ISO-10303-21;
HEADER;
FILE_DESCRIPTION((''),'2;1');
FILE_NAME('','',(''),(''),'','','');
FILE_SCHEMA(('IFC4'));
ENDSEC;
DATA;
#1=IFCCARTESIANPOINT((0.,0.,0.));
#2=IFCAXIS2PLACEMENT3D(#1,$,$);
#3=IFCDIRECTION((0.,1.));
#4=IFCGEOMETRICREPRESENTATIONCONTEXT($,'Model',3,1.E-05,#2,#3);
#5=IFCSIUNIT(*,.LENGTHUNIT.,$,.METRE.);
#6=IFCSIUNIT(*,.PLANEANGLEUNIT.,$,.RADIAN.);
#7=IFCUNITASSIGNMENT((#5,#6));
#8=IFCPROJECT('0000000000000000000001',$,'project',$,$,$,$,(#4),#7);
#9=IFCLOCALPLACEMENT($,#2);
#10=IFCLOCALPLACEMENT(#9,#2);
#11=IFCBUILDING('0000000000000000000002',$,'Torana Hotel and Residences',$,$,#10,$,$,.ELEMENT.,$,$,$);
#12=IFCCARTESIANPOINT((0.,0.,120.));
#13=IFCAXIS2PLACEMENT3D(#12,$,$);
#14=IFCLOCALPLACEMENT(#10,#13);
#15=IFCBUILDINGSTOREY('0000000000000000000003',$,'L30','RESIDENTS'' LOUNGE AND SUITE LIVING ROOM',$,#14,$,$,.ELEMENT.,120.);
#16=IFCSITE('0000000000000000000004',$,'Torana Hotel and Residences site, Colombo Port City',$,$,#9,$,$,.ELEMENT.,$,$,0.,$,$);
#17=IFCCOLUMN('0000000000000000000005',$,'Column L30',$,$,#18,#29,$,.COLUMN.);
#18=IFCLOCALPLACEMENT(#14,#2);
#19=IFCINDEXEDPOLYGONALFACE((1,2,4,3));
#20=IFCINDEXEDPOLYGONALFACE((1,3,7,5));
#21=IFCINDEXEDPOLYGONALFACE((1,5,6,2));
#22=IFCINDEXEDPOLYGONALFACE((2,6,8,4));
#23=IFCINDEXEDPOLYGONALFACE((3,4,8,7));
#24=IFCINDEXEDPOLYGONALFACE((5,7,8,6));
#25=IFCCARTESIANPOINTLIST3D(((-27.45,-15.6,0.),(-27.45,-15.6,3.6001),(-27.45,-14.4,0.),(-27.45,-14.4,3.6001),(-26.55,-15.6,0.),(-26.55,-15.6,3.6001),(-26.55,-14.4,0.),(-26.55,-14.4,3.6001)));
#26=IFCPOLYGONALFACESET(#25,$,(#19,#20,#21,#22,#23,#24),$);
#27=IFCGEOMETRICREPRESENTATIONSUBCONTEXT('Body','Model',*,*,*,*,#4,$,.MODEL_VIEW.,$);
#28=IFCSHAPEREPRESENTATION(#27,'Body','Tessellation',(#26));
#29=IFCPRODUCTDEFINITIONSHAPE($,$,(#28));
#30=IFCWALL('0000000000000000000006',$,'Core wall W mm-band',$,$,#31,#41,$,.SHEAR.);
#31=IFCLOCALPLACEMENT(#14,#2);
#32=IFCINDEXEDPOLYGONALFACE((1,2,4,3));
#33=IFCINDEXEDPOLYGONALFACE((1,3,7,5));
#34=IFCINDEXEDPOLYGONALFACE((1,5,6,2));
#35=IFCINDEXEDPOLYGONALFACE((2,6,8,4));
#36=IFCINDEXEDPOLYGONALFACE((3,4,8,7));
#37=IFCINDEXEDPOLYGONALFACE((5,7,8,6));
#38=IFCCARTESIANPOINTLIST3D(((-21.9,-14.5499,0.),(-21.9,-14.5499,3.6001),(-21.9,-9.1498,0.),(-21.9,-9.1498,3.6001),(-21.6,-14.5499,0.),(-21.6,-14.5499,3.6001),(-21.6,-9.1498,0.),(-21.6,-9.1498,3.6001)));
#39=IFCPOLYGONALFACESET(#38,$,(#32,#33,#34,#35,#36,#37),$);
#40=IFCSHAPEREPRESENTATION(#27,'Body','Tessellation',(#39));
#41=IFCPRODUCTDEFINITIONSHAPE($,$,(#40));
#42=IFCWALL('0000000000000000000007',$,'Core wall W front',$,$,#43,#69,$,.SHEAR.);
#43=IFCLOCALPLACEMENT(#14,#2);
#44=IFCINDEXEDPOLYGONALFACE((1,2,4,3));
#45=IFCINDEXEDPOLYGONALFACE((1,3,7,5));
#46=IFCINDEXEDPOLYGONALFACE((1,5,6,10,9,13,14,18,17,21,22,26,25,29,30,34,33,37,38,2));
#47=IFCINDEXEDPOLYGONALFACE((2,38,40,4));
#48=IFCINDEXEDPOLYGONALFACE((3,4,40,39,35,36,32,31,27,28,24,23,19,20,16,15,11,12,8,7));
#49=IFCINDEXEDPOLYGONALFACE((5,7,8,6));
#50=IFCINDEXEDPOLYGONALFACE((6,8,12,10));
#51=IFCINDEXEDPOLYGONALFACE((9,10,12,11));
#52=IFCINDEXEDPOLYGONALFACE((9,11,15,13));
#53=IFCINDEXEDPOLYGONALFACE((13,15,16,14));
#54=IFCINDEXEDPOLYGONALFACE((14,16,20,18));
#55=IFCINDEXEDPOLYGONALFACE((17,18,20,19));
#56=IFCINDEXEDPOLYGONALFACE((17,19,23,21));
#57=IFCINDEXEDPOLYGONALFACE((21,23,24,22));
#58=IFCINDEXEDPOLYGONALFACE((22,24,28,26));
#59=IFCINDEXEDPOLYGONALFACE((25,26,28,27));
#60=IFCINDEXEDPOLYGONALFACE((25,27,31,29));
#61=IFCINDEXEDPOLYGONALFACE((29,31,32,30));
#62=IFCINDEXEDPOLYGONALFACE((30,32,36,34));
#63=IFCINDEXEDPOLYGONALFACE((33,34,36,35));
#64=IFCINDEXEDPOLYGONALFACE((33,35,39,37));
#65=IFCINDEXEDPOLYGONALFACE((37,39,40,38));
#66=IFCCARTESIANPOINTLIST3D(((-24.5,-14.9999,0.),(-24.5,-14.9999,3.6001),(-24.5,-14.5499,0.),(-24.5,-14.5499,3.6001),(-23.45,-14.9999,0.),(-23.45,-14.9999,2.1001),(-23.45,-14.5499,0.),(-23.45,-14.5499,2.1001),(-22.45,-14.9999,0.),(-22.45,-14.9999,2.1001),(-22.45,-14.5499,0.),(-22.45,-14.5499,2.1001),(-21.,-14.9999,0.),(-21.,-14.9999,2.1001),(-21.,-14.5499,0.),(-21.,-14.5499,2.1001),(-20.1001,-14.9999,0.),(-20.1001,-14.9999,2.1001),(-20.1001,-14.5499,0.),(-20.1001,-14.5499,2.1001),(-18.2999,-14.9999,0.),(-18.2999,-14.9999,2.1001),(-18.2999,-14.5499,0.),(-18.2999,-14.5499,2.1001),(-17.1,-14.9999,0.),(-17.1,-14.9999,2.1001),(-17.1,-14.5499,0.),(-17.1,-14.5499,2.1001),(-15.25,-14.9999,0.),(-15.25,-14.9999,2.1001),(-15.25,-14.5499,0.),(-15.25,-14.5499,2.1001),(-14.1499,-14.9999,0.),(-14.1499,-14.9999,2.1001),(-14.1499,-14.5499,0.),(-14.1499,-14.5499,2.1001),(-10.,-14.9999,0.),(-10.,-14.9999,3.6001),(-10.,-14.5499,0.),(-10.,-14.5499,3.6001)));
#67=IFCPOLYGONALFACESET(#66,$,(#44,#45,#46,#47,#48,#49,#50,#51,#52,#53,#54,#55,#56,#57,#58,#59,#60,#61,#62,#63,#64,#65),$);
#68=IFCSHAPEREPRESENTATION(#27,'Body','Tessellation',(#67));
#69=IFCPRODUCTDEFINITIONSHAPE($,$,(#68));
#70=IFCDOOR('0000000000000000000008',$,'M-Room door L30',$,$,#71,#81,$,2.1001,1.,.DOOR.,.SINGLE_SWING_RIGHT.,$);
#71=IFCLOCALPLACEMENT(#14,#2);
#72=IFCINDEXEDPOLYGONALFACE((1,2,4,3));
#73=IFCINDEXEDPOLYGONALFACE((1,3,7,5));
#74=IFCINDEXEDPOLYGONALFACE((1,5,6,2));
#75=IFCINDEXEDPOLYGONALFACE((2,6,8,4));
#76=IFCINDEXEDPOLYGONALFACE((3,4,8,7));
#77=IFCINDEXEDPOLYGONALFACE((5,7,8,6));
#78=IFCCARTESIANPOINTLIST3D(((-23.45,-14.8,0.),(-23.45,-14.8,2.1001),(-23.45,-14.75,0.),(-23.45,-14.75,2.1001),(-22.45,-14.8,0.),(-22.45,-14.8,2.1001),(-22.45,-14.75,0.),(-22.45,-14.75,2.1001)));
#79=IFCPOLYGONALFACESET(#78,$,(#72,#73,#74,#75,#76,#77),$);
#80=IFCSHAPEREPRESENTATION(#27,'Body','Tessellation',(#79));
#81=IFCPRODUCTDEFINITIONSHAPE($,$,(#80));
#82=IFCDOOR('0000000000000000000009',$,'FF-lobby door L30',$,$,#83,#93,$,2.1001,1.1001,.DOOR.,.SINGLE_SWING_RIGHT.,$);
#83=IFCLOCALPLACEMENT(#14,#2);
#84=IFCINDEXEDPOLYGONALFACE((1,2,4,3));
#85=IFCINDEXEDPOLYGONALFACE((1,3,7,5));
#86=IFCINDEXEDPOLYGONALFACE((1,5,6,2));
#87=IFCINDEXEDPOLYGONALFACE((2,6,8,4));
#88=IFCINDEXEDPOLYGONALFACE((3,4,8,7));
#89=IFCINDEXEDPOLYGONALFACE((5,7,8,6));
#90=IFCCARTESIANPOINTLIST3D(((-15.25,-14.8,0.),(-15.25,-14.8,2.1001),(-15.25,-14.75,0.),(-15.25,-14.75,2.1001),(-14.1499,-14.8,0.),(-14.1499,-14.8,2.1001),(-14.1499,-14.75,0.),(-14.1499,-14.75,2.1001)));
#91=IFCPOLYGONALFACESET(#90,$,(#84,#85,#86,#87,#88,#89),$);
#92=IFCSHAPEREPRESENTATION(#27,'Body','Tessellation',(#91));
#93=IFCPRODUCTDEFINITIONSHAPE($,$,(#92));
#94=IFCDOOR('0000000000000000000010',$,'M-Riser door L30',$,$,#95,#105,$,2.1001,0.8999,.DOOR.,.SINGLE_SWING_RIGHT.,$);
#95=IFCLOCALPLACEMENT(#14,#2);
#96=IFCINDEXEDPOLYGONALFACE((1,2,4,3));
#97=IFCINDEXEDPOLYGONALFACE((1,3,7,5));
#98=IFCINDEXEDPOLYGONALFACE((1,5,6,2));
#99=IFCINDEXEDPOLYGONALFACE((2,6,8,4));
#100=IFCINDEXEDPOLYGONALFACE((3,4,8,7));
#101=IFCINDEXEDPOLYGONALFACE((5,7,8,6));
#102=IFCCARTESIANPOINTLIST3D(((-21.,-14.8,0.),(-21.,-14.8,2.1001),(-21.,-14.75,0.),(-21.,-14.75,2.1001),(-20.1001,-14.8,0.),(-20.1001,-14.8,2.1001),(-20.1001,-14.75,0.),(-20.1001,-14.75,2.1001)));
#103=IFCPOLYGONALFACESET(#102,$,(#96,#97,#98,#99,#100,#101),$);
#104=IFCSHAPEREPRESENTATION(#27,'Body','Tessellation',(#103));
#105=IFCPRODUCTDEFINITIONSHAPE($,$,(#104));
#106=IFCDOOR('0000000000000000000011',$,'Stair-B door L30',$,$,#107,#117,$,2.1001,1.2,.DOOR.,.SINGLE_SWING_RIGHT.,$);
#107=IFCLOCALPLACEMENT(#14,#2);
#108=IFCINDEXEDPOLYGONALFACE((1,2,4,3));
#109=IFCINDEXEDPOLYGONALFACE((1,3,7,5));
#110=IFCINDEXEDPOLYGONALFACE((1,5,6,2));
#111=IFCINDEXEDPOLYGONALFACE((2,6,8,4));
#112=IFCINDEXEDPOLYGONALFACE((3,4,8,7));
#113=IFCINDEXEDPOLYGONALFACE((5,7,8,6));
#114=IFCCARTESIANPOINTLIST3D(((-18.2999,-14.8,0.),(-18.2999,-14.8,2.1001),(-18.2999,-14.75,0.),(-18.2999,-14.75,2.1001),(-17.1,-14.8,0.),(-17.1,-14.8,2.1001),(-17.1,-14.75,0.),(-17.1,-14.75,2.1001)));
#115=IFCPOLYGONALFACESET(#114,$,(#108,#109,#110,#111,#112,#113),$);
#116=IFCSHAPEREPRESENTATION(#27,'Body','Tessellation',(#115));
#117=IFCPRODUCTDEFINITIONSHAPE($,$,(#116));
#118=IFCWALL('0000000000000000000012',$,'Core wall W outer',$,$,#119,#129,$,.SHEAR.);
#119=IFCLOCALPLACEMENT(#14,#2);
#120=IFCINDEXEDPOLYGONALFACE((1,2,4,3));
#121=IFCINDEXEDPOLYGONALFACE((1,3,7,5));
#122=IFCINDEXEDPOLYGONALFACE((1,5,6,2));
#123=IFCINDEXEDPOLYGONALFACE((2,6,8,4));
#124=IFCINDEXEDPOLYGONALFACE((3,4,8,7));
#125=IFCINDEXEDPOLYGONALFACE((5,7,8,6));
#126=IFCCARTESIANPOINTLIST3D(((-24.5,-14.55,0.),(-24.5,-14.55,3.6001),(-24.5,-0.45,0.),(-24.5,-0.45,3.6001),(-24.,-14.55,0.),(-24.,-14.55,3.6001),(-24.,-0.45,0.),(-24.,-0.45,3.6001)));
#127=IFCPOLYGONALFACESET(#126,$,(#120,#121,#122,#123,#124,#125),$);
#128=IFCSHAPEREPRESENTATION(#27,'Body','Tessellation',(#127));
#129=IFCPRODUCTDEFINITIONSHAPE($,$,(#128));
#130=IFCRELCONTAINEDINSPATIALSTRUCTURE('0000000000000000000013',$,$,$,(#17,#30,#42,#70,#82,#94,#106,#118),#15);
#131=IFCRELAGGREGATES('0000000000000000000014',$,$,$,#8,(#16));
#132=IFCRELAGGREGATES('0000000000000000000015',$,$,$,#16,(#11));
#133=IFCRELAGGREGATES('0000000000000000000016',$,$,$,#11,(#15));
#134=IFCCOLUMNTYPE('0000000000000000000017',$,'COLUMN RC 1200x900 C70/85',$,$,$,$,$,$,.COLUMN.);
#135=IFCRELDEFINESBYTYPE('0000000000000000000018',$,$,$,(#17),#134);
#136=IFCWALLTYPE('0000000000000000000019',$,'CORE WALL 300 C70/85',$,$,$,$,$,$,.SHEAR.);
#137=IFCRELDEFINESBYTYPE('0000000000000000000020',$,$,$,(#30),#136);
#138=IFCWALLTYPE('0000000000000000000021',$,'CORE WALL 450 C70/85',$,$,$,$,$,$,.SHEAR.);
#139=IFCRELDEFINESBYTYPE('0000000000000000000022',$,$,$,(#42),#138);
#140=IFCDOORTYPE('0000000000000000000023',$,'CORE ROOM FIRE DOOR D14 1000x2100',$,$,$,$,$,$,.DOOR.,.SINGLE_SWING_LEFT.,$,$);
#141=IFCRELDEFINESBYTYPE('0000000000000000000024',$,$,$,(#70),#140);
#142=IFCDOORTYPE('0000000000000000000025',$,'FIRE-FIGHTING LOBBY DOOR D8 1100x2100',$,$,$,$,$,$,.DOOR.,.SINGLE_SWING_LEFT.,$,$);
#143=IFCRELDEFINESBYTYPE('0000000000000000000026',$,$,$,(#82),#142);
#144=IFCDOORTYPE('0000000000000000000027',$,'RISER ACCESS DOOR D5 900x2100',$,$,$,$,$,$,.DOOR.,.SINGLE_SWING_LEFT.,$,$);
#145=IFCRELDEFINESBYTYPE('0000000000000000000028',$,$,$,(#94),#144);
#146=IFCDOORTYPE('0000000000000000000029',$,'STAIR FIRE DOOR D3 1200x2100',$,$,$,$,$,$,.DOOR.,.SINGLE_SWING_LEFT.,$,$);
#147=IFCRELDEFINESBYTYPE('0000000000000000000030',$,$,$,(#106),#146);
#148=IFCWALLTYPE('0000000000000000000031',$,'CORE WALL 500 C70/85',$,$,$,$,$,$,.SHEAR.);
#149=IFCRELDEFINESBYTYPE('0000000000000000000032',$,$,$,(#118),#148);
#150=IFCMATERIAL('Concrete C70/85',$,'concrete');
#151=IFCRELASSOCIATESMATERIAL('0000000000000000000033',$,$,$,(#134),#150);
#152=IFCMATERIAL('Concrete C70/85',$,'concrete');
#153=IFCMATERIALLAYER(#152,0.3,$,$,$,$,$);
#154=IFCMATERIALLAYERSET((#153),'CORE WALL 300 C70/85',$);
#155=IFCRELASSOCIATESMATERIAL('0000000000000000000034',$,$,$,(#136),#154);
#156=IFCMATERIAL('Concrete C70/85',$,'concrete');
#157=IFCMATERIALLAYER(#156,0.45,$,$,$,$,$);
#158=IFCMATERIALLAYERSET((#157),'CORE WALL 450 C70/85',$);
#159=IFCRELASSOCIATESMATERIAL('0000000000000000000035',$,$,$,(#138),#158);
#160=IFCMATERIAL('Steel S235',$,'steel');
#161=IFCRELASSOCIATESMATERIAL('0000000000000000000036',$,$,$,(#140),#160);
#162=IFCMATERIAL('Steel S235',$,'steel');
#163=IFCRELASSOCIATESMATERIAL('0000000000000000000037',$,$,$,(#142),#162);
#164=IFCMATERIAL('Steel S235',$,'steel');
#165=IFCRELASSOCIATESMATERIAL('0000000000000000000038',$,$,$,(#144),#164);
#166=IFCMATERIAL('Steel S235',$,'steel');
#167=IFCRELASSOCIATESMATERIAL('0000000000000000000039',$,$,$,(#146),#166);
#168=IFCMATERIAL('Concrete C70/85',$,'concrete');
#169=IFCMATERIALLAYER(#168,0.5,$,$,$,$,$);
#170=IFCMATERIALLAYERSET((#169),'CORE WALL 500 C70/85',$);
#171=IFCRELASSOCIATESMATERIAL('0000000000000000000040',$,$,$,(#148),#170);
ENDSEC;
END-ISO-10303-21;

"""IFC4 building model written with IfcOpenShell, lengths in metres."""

from ifc_helpers import new_model, si_unit, direction, frame, frame_2d, origin, origin_2d, place, context, subcontext, project, spatial, rectangle, extrude, material, layer, layer_set, material_profile, profile_set, type_object, element, fill, save


model = new_model("IFC4")

# Units and contexts
model_context = context("Model", 3, precision=1e-05, world=origin(), true_north=direction((0.0, 1.0)))
body_context = subcontext(model_context, "Body", "Model", "MODEL_VIEW")
ifc_project = project(units=[si_unit("LENGTHUNIT", "METRE"), si_unit("PLANEANGLEUNIT", "RADIAN")], contexts=[model_context])

# Site, building, storey
site_placement = place(None, origin())
site = spatial("IfcSite", under=ifc_project, at=site_placement, Name="Torana Hotel and Residences site, Colombo Port City", CompositionType="ELEMENT", RefElevation=0.0)
building_placement = place(site_placement, origin())
building = spatial("IfcBuilding", under=site, at=building_placement, Name="Torana Hotel and Residences", CompositionType="ELEMENT")
storey_placement = place(building_placement, frame((0.0, 0.0, 120.0)))
storey = spatial("IfcBuildingStorey", under=building, at=storey_placement, Name="L30", Description="RESIDENTS' LOUNGE AND SUITE LIVING ROOM", CompositionType="ELEMENT", Elevation=120.0)

# Column
ifc_material_1 = material(Name="Concrete C70/85", Category="concrete")
ifc_material_profile = material_profile(ifc_material_1, rectangle(XDim=1.2, YDim=0.8999, at=origin_2d()), Name="RC 1200x900")
ifc_profile_set = profile_set([ifc_material_profile], Name="Concrete C70/85")
column_type = type_object("IfcColumnType", Name="COLUMN RC 1200x900 C70/85", PredefinedType="COLUMN", material=ifc_profile_set)
column_placement = place(storey_placement, frame((-27.0, -15.0, 0.0), z_axis=(0.0, 0.0, 1.0), x_axis=(0.0, 1.0, 0.0)))
element("IfcColumn", 1, at=column_placement, inside=storey, type_object=column_type, Name="Column L30", PredefinedType="COLUMN", context=body_context, shape_type="SweptSolid", body=[
    extrude(rectangle(XDim=1.2, YDim=0.8999, at=origin_2d()), origin(), (0.0, 0.0, 1.0), 3.6001),
])

# Wall
ifc_material_2 = material(Name="Concrete C70/85", Category="concrete")
ifc_layer_1 = layer(ifc_material_2, 0.3)
ifc_layer_set_1 = layer_set([ifc_layer_1], Name="CORE WALL 300 C70/85")
wall_type_1 = type_object("IfcWallType", Name="CORE WALL 300 C70/85", PredefinedType="SHEAR", material=ifc_layer_set_1)
wall_1_placement = place(storey_placement, frame((-21.75, -14.55, 0.0), z_axis=(0.0, 0.0, 1.0), x_axis=(0.0, 1.0, 0.0)))
element("IfcWall", 2, at=wall_1_placement, inside=storey, type_object=wall_type_1, Name="Core wall W mm-band", PredefinedType="SHEAR", context=body_context, shape_type="SweptSolid", body=[
    extrude(rectangle(XDim=5.4001, YDim=0.3, at=frame_2d((2.7002, 0.0))), origin(), (0.0, 0.0, 1.0), 3.6001),
])

# Wall, openings, doors
ifc_material_3 = material(Name="Concrete C70/85", Category="concrete")
ifc_layer_2 = layer(ifc_material_3, 0.45)
ifc_layer_set_2 = layer_set([ifc_layer_2], Name="CORE WALL 450 C70/85")
wall_type_2 = type_object("IfcWallType", Name="CORE WALL 450 C70/85", PredefinedType="SHEAR", material=ifc_layer_set_2)
wall_2_placement = place(storey_placement, frame((-24.5, -14.7749, 0.0), z_axis=(0.0, 0.0, 1.0), x_axis=(1.0, 0.0, 0.0)))
wall_2 = element("IfcWall", 3, at=wall_2_placement, inside=storey, type_object=wall_type_2, Name="Core wall W front", PredefinedType="SHEAR", context=body_context, shape_type="SweptSolid", body=[
    extrude(rectangle(XDim=14.5, YDim=0.45, at=frame_2d((7.25, 0.0))), origin(), (0.0, 0.0, 1.0), 3.6001),
])
opening_1_placement = place(wall_2_placement, frame((6.2, 0.0, 0.0)))
opening_1 = element("IfcOpeningElement", 4, at=opening_1_placement, cuts=wall_2, PredefinedType="OPENING", context=body_context, shape_type="SweptSolid", body=[
    extrude(rectangle(XDim=1.2, YDim=2.1001, at=frame_2d((0.6001, 1.05))), frame((0.0, 0.2349, 0.0), z_axis=(0.0, -1.0, 0.0), x_axis=(1.0, 0.0, 0.0)), (0.0, 0.0, 1.0), 0.47),
])
opening_2_placement = place(wall_2_placement, frame((9.25, 0.0, 0.0)))
opening_2 = element("IfcOpeningElement", 5, at=opening_2_placement, cuts=wall_2, PredefinedType="OPENING", context=body_context, shape_type="SweptSolid", body=[
    extrude(rectangle(XDim=1.1001, YDim=2.1001, at=frame_2d((0.55, 1.05))), frame((0.0, 0.2349, 0.0), z_axis=(0.0, -1.0, 0.0), x_axis=(1.0, 0.0, 0.0)), (0.0, 0.0, 1.0), 0.47),
])
opening_3_placement = place(wall_2_placement, frame((3.5, 0.0, 0.0)))
opening_3 = element("IfcOpeningElement", 6, at=opening_3_placement, cuts=wall_2, PredefinedType="OPENING", context=body_context, shape_type="SweptSolid", body=[
    extrude(rectangle(XDim=0.8999, YDim=2.1001, at=frame_2d((0.45, 1.05))), frame((0.0, 0.2349, 0.0), z_axis=(0.0, -1.0, 0.0), x_axis=(1.0, 0.0, 0.0)), (0.0, 0.0, 1.0), 0.47),
])
opening_4_placement = place(wall_2_placement, frame((1.05, 0.0, 0.0)))
opening_4 = element("IfcOpeningElement", 7, at=opening_4_placement, cuts=wall_2, PredefinedType="OPENING", context=body_context, shape_type="SweptSolid", body=[
    extrude(rectangle(XDim=1.0, YDim=2.1001, at=frame_2d((0.5, 1.05))), frame((0.0, 0.2349, 0.0), z_axis=(0.0, -1.0, 0.0), x_axis=(1.0, 0.0, 0.0)), (0.0, 0.0, 1.0), 0.47),
])
ifc_material_4 = material(Name="Steel S235", Category="steel")
door_type_1 = type_object("IfcDoorType", Name="CORE ROOM FIRE DOOR D14 1000x2100", OperationType="SINGLE_SWING_LEFT", PredefinedType="DOOR", material=ifc_material_4)
door_1_placement = place(opening_4_placement, origin())
door_1 = element("IfcDoor", 8, at=door_1_placement, inside=storey, type_object=door_type_1, Name="M-Room door L30", OperationType="SINGLE_SWING_RIGHT", OverallHeight=2.1001, OverallWidth=1.0, PredefinedType="DOOR", context=body_context, shape_type="SweptSolid", body=[
    extrude(rectangle(XDim=1.0, YDim=2.1001, at=frame_2d((0.5, 1.05))), frame((0.0, 0.0249, 0.0), z_axis=(0.0, -1.0, 0.0), x_axis=(1.0, 0.0, 0.0)), (0.0, 0.0, 1.0), 0.05),
])
fill(opening_4, door_1)
ifc_material_5 = material(Name="Steel S235", Category="steel")
door_type_2 = type_object("IfcDoorType", Name="FIRE-FIGHTING LOBBY DOOR D8 1100x2100", OperationType="SINGLE_SWING_LEFT", PredefinedType="DOOR", material=ifc_material_5)
door_2_placement = place(opening_2_placement, origin())
door_2 = element("IfcDoor", 9, at=door_2_placement, inside=storey, type_object=door_type_2, Name="FF-lobby door L30", OperationType="SINGLE_SWING_RIGHT", OverallHeight=2.1001, OverallWidth=1.1001, PredefinedType="DOOR", context=body_context, shape_type="SweptSolid", body=[
    extrude(rectangle(XDim=1.1001, YDim=2.1001, at=frame_2d((0.55, 1.05))), frame((0.0, 0.0249, 0.0), z_axis=(0.0, -1.0, 0.0), x_axis=(1.0, 0.0, 0.0)), (0.0, 0.0, 1.0), 0.05),
])
fill(opening_2, door_2)
ifc_material_6 = material(Name="Steel S235", Category="steel")
door_type_3 = type_object("IfcDoorType", Name="RISER ACCESS DOOR D5 900x2100", OperationType="SINGLE_SWING_LEFT", PredefinedType="DOOR", material=ifc_material_6)
door_3_placement = place(opening_3_placement, origin())
door_3 = element("IfcDoor", 10, at=door_3_placement, inside=storey, type_object=door_type_3, Name="M-Riser door L30", OperationType="SINGLE_SWING_RIGHT", OverallHeight=2.1001, OverallWidth=0.8999, PredefinedType="DOOR", context=body_context, shape_type="SweptSolid", body=[
    extrude(rectangle(XDim=0.8999, YDim=2.1001, at=frame_2d((0.45, 1.05))), frame((0.0, 0.0249, 0.0), z_axis=(0.0, -1.0, 0.0), x_axis=(1.0, 0.0, 0.0)), (0.0, 0.0, 1.0), 0.05),
])
fill(opening_3, door_3)
ifc_material_7 = material(Name="Steel S235", Category="steel")
door_type_4 = type_object("IfcDoorType", Name="STAIR FIRE DOOR D3 1200x2100", OperationType="SINGLE_SWING_LEFT", PredefinedType="DOOR", material=ifc_material_7)
door_4_placement = place(opening_1_placement, origin())
door_4 = element("IfcDoor", 11, at=door_4_placement, inside=storey, type_object=door_type_4, Name="Stair-B door L30", OperationType="SINGLE_SWING_RIGHT", OverallHeight=2.1001, OverallWidth=1.2, PredefinedType="DOOR", context=body_context, shape_type="SweptSolid", body=[
    extrude(rectangle(XDim=1.2, YDim=2.1001, at=frame_2d((0.6001, 1.05))), frame((0.0, 0.0249, 0.0), z_axis=(0.0, -1.0, 0.0), x_axis=(1.0, 0.0, 0.0)), (0.0, 0.0, 1.0), 0.05),
])
fill(opening_1, door_4)

# Wall
ifc_material_8 = material(Name="Concrete C70/85", Category="concrete")
ifc_layer_3 = layer(ifc_material_8, 0.5)
ifc_layer_set_3 = layer_set([ifc_layer_3], Name="CORE WALL 500 C70/85")
wall_type_3 = type_object("IfcWallType", Name="CORE WALL 500 C70/85", PredefinedType="SHEAR", material=ifc_layer_set_3)
wall_3_placement = place(storey_placement, frame((-24.25, -14.55, 0.0), z_axis=(0.0, 0.0, 1.0), x_axis=(0.0, 1.0, 0.0)))
element("IfcWall", 12, at=wall_3_placement, inside=storey, type_object=wall_type_3, Name="Core wall W outer", PredefinedType="SHEAR", context=body_context, shape_type="SweptSolid", body=[
    extrude(rectangle(XDim=14.1001, YDim=0.5, at=frame_2d((7.05, 0.0))), origin(), (0.0, 0.0, 1.0), 3.6001),
])

save(model, "model.ifc")
